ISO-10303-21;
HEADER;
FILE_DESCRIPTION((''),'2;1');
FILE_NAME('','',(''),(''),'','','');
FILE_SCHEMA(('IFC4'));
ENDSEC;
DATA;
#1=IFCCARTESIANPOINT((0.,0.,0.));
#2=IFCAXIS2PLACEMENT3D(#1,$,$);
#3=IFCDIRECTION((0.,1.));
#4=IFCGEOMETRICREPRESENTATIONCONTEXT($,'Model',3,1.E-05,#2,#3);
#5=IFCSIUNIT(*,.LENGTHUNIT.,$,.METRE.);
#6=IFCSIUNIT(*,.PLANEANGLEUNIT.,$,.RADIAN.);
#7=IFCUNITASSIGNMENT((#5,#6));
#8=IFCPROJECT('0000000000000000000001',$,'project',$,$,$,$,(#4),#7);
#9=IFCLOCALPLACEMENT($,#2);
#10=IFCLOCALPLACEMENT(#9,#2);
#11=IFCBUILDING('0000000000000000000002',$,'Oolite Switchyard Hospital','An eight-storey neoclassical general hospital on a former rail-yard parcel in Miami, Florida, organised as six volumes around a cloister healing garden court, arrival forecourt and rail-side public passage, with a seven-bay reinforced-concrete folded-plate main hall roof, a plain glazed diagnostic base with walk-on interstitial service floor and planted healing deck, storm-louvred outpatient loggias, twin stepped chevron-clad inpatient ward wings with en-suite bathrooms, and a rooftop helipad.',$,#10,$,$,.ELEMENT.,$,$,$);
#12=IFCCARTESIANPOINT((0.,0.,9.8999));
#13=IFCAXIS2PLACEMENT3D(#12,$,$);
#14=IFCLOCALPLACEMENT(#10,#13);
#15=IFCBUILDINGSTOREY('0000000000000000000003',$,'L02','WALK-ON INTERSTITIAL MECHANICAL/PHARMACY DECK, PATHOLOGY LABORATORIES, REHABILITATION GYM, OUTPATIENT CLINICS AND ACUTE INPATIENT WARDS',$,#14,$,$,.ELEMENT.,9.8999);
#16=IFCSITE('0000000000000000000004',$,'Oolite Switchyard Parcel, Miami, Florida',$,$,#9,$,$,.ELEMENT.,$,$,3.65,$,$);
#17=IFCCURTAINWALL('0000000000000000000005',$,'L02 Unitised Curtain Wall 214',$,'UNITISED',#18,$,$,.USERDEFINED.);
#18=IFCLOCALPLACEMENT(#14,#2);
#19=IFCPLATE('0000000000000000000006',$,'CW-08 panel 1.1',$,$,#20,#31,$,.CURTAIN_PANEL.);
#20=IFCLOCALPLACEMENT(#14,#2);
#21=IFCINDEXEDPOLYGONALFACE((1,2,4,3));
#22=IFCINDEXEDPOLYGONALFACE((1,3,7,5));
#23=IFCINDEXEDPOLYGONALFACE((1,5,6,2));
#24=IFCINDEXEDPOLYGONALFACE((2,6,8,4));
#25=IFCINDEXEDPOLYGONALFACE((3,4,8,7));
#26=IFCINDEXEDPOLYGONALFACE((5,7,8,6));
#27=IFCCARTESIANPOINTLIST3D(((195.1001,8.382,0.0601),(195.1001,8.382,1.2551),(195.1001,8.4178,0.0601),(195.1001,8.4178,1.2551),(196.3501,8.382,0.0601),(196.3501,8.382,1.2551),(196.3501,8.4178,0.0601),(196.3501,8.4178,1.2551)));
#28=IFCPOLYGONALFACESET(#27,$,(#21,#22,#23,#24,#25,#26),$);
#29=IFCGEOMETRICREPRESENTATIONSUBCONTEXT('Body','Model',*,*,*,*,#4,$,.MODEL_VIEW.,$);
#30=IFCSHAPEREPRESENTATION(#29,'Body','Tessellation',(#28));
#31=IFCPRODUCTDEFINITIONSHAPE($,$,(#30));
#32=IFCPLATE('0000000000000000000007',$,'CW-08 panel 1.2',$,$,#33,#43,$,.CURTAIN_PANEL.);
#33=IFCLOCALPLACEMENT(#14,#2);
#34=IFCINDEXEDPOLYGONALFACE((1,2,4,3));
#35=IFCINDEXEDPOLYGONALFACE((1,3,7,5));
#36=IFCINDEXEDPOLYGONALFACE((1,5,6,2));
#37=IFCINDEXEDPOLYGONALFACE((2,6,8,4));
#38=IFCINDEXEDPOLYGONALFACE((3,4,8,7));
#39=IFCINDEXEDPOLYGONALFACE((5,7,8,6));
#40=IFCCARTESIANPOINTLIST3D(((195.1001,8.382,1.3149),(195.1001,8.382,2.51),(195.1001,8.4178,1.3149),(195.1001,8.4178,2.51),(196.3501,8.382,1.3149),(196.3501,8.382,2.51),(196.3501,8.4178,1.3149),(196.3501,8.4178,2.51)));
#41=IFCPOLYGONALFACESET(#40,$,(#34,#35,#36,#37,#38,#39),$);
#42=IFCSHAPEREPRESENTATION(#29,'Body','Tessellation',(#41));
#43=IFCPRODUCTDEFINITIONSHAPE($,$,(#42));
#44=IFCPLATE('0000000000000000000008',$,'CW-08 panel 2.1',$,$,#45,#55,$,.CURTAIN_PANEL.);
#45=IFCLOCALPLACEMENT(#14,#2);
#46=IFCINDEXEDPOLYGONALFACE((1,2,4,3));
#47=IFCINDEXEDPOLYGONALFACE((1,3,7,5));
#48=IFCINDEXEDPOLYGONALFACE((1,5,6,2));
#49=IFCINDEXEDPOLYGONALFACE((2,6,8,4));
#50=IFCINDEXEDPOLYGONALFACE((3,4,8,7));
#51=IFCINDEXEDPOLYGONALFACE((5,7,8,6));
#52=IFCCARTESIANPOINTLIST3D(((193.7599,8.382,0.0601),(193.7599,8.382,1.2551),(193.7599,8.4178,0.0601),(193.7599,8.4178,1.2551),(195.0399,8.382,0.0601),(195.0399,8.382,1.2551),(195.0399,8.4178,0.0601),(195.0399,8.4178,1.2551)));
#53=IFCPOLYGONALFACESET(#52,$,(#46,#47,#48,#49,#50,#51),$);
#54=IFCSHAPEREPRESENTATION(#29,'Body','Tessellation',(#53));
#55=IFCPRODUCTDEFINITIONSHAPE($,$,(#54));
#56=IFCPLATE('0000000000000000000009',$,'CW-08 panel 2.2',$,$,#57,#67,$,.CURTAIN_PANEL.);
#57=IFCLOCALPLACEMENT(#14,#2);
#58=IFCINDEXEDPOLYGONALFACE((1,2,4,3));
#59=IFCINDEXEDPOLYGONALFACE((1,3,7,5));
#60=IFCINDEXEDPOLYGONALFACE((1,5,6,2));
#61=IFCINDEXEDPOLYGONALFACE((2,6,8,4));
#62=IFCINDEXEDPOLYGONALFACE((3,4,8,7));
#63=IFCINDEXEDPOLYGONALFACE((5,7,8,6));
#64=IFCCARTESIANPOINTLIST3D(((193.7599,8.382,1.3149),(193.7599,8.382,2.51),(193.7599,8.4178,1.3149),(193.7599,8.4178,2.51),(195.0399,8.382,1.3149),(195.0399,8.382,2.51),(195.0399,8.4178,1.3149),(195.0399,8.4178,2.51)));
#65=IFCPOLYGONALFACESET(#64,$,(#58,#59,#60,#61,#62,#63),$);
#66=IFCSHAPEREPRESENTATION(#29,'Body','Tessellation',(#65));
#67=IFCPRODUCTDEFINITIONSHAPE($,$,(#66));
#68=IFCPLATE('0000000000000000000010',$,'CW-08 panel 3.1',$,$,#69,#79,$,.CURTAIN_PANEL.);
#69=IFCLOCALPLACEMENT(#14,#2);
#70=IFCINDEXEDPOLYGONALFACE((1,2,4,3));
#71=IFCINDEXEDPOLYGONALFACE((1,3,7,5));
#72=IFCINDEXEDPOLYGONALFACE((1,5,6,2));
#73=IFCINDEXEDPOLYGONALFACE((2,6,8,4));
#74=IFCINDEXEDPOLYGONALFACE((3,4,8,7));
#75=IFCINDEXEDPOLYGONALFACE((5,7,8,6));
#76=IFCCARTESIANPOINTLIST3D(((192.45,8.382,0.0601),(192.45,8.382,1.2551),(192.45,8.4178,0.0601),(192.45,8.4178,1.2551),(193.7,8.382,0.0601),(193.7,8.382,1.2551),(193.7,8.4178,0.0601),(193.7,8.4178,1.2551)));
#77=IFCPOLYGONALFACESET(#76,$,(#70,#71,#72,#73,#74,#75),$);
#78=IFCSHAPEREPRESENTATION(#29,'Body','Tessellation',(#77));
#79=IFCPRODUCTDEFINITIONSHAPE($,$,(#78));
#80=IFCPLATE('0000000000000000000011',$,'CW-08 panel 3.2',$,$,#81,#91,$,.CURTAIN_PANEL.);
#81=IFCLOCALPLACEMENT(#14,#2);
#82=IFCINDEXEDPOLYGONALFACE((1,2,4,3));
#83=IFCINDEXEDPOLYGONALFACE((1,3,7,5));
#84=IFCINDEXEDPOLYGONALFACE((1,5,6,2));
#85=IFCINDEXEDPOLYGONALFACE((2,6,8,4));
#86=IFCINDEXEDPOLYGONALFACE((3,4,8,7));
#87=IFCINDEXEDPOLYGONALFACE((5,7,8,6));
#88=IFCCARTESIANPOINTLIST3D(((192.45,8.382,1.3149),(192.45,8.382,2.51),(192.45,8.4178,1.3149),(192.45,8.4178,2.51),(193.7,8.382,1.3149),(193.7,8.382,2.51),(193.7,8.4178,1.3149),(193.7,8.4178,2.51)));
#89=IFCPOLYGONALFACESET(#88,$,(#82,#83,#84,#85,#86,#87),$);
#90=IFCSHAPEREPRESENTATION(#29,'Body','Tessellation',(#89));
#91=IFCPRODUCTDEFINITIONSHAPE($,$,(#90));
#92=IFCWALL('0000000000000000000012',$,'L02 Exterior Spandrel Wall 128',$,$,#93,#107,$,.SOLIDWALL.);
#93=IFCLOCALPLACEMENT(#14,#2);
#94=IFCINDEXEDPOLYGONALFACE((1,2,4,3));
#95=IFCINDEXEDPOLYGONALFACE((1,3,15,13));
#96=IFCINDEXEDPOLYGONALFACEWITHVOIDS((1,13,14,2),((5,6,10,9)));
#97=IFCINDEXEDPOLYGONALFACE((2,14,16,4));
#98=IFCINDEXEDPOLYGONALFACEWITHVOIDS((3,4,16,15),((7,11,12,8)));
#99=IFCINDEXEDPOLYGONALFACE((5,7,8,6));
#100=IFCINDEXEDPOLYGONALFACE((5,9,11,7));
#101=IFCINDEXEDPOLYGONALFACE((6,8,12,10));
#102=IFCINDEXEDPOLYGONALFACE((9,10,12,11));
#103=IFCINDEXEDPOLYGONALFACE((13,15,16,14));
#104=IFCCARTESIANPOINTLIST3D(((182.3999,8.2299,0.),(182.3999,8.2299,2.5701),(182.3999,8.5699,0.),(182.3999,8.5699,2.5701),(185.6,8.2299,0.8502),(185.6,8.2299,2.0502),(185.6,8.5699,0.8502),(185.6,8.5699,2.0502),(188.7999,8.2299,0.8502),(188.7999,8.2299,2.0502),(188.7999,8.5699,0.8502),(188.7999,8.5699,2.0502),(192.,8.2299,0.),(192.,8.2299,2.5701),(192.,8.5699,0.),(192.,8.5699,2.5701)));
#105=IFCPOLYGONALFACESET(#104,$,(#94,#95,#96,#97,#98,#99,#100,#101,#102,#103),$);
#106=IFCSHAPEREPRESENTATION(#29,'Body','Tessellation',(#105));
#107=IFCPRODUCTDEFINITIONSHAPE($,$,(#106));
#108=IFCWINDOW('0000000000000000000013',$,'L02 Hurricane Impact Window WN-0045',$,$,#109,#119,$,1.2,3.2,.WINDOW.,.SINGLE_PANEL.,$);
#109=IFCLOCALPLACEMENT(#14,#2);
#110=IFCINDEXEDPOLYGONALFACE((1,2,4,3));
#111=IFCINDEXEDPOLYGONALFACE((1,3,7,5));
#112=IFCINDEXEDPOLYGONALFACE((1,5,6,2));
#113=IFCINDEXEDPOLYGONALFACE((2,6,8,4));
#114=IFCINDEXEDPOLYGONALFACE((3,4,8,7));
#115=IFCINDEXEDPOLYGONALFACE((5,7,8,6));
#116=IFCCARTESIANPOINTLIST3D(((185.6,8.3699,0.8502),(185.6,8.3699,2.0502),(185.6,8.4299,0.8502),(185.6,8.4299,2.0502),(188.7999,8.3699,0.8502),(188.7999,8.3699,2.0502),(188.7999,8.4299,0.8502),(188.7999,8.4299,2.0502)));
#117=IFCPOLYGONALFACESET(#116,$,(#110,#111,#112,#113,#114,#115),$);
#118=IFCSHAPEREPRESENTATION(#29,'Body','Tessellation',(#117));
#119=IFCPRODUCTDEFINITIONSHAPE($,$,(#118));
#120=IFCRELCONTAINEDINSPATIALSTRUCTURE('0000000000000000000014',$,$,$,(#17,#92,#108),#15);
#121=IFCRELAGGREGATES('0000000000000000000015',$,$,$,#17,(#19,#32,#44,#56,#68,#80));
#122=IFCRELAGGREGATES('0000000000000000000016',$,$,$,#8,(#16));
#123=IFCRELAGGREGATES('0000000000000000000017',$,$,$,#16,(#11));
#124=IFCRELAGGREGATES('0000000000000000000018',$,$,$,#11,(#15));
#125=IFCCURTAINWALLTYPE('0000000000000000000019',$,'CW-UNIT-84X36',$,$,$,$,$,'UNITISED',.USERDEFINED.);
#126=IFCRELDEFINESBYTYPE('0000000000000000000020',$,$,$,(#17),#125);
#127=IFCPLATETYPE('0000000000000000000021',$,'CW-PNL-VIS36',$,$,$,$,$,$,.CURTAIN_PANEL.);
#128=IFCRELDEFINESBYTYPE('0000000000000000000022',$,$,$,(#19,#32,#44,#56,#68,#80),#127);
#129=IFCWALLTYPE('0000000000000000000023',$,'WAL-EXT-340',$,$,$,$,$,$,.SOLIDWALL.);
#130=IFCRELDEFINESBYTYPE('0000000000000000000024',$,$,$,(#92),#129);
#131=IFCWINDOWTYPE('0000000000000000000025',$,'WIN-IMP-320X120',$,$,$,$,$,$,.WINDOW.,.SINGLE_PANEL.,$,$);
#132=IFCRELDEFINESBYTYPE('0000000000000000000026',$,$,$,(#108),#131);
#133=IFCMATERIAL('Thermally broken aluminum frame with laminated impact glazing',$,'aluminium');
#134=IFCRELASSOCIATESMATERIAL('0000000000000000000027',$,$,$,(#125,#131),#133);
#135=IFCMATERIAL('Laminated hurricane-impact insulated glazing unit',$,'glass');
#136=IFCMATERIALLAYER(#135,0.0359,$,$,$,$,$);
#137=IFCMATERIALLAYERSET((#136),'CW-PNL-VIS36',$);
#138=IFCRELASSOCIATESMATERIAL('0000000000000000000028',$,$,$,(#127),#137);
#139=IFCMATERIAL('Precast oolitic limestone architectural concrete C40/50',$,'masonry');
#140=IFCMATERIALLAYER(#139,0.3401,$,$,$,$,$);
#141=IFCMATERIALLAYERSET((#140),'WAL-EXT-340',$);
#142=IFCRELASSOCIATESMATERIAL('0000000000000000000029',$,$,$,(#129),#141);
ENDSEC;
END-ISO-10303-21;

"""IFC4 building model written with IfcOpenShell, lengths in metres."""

from ifc_helpers import new_model, si_unit, direction, frame, frame_2d, origin, origin_2d, place, context, subcontext, project, spatial, rectangle, extrude, material, layer, layer_set, type_object, element, fill, aggregate, save


model = new_model("IFC4")

# Units and contexts
model_context = context("Model", 3, precision=1e-05, world=origin(), true_north=direction((0.0, 1.0)))
body_context = subcontext(model_context, "Body", "Model", "MODEL_VIEW")
ifc_project = project(units=[si_unit("LENGTHUNIT", "METRE"), si_unit("PLANEANGLEUNIT", "RADIAN")], contexts=[model_context])

# Site, building, storey
site_placement = place(None, origin())
site = spatial("IfcSite", under=ifc_project, at=site_placement, Name="Oolite Switchyard Parcel, Miami, Florida", CompositionType="ELEMENT", RefElevation=3.65)
building_placement = place(site_placement, origin())
building = spatial("IfcBuilding", under=site, at=building_placement, Name="Oolite Switchyard Hospital", Description="An eight-storey neoclassical general hospital on a former rail-yard parcel in Miami, Florida, organised as six volumes around a cloister healing garden court, arrival forecourt and rail-side public passage, with a seven-bay reinforced-concrete folded-plate main hall roof, a plain glazed diagnostic base with walk-on interstitial service floor and planted healing deck, storm-louvred outpatient loggias, twin stepped chevron-clad inpatient ward wings with en-suite bathrooms, and a rooftop helipad.", CompositionType="ELEMENT")
storey_placement = place(building_placement, frame((0.0, 0.0, 9.8999)))
storey = spatial("IfcBuildingStorey", under=building, at=storey_placement, Name="L02", Description="WALK-ON INTERSTITIAL MECHANICAL/PHARMACY DECK, PATHOLOGY LABORATORIES, REHABILITATION GYM, OUTPATIENT CLINICS AND ACUTE INPATIENT WARDS", CompositionType="ELEMENT", Elevation=9.8999)

# Curtain wall, plates
ifc_material_1 = material(Name="Thermally broken aluminum frame with laminated impact glazing", Category="aluminium")
curtain_wall_type = type_object("IfcCurtainWallType", Name="CW-UNIT-84X36", ElementType="UNITISED", PredefinedType="USERDEFINED", material=ifc_material_1)
curtain_wall_placement = place(storey_placement, origin())
curtain_wall = element("IfcCurtainWall", 1, at=curtain_wall_placement, inside=storey, type_object=curtain_wall_type, Name="L02 Unitised Curtain Wall 214", ObjectType="UNITISED", PredefinedType="USERDEFINED")
ifc_material_2 = material(Name="Laminated hurricane-impact insulated glazing unit", Category="glass")
ifc_layer_1 = layer(ifc_material_2, 0.0359)
ifc_layer_set_1 = layer_set([ifc_layer_1], Name="CW-PNL-VIS36")
plate_type = type_object("IfcPlateType", Name="CW-PNL-VIS36", PredefinedType="CURTAIN_PANEL", material=ifc_layer_set_1)
plate_1_placement = place(storey_placement, frame((195.7251, 8.3999, 0.0601), z_axis=(0.0, 0.0, 1.0), x_axis=(-1.0, 0.0, 0.0)))
plate_1 = element("IfcPlate", 2, at=plate_1_placement, type_object=plate_type, Name="CW-08 panel 1.1", PredefinedType="CURTAIN_PANEL", context=body_context, shape_type="SweptSolid", body=[
    extrude(rectangle(XDim=1.25, YDim=0.0359, at=origin_2d()), origin(), (0.0, 0.0, 1.0), 1.1951),
])
plate_2_placement = place(storey_placement, frame((195.7251, 8.3999, 1.3149), z_axis=(0.0, 0.0, 1.0), x_axis=(-1.0, 0.0, 0.0)))
plate_2 = element("IfcPlate", 3, at=plate_2_placement, type_object=plate_type, Name="CW-08 panel 1.2", PredefinedType="CURTAIN_PANEL", context=body_context, shape_type="SweptSolid", body=[
    extrude(rectangle(XDim=1.25, YDim=0.0359, at=origin_2d()), origin(), (0.0, 0.0, 1.0), 1.1951),
])
plate_3_placement = place(storey_placement, frame((194.3999, 8.3999, 0.0601), z_axis=(0.0, 0.0, 1.0), x_axis=(-1.0, 0.0, 0.0)))
plate_3 = element("IfcPlate", 4, at=plate_3_placement, type_object=plate_type, Name="CW-08 panel 2.1", PredefinedType="CURTAIN_PANEL", context=body_context, shape_type="SweptSolid", body=[
    extrude(rectangle(XDim=1.28, YDim=0.0359, at=origin_2d()), origin(), (0.0, 0.0, 1.0), 1.1951),
])
plate_4_placement = place(storey_placement, frame((194.3999, 8.3999, 1.3149), z_axis=(0.0, 0.0, 1.0), x_axis=(-1.0, 0.0, 0.0)))
plate_4 = element("IfcPlate", 5, at=plate_4_placement, type_object=plate_type, Name="CW-08 panel 2.2", PredefinedType="CURTAIN_PANEL", context=body_context, shape_type="SweptSolid", body=[
    extrude(rectangle(XDim=1.28, YDim=0.0359, at=origin_2d()), origin(), (0.0, 0.0, 1.0), 1.1951),
])
plate_5_placement = place(storey_placement, frame((193.075, 8.3999, 0.0601), z_axis=(0.0, 0.0, 1.0), x_axis=(-1.0, 0.0, 0.0)))
plate_5 = element("IfcPlate", 6, at=plate_5_placement, type_object=plate_type, Name="CW-08 panel 3.1", PredefinedType="CURTAIN_PANEL", context=body_context, shape_type="SweptSolid", body=[
    extrude(rectangle(XDim=1.25, YDim=0.0359, at=origin_2d()), origin(), (0.0, 0.0, 1.0), 1.1951),
])
plate_6_placement = place(storey_placement, frame((193.075, 8.3999, 1.3149), z_axis=(0.0, 0.0, 1.0), x_axis=(-1.0, 0.0, 0.0)))
plate_6 = element("IfcPlate", 7, at=plate_6_placement, type_object=plate_type, Name="CW-08 panel 3.2", PredefinedType="CURTAIN_PANEL", context=body_context, shape_type="SweptSolid", body=[
    extrude(rectangle(XDim=1.25, YDim=0.0359, at=origin_2d()), origin(), (0.0, 0.0, 1.0), 1.1951),
])
aggregate(curtain_wall, [plate_1, plate_2, plate_3, plate_4, plate_5, plate_6])

# Wall, opening, window
ifc_material_3 = material(Name="Precast oolitic limestone architectural concrete C40/50", Category="masonry")
ifc_layer_2 = layer(ifc_material_3, 0.3401)
ifc_layer_set_2 = layer_set([ifc_layer_2], Name="WAL-EXT-340")
wall_type = type_object("IfcWallType", Name="WAL-EXT-340", PredefinedType="SOLIDWALL", material=ifc_layer_set_2)
wall_placement = place(storey_placement, frame((192.0, 8.3999, 0.0), z_axis=(0.0, 0.0, 1.0), x_axis=(-1.0, 0.0, 0.0)))
wall = element("IfcWall", 8, at=wall_placement, inside=storey, type_object=wall_type, Name="L02 Exterior Spandrel Wall 128", PredefinedType="SOLIDWALL", context=body_context, shape_type="SweptSolid", body=[
    extrude(rectangle(XDim=9.6001, YDim=0.3401, at=frame_2d((4.8, 0.0))), origin(), (0.0, 0.0, 1.0), 2.5701),
])
opening_placement = place(wall_placement, frame((3.2, 0.0, 0.8501)))
opening = element("IfcOpeningElement", 9, at=opening_placement, cuts=wall, PredefinedType="OPENING", context=body_context, shape_type="SweptSolid", body=[
    extrude(rectangle(XDim=3.2, YDim=1.2, at=frame_2d((1.6001, 0.6001))), frame((0.0, 0.1802, 0.0), z_axis=(0.0, -1.0, 0.0), x_axis=(1.0, 0.0, 0.0)), (0.0, 0.0, 1.0), 0.3601),
])
window_type = type_object("IfcWindowType", Name="WIN-IMP-320X120", PartitioningType="SINGLE_PANEL", PredefinedType="WINDOW", material=ifc_material_1)
window_placement = place(opening_placement, origin())
window = element("IfcWindow", 10, at=window_placement, inside=storey, type_object=window_type, Name="L02 Hurricane Impact Window WN-0045", OverallHeight=1.2, OverallWidth=3.2, PartitioningType="SINGLE_PANEL", PredefinedType="WINDOW", context=body_context, shape_type="SweptSolid", body=[
    extrude(rectangle(XDim=3.2, YDim=1.2, at=frame_2d((1.6001, 0.6001))), frame((0.0, 0.03, 0.0), z_axis=(0.0, -1.0, 0.0), x_axis=(1.0, 0.0, 0.0)), (0.0, 0.0, 1.0), 0.0601),
])
fill(opening, window)

save(model, "model.ifc")
